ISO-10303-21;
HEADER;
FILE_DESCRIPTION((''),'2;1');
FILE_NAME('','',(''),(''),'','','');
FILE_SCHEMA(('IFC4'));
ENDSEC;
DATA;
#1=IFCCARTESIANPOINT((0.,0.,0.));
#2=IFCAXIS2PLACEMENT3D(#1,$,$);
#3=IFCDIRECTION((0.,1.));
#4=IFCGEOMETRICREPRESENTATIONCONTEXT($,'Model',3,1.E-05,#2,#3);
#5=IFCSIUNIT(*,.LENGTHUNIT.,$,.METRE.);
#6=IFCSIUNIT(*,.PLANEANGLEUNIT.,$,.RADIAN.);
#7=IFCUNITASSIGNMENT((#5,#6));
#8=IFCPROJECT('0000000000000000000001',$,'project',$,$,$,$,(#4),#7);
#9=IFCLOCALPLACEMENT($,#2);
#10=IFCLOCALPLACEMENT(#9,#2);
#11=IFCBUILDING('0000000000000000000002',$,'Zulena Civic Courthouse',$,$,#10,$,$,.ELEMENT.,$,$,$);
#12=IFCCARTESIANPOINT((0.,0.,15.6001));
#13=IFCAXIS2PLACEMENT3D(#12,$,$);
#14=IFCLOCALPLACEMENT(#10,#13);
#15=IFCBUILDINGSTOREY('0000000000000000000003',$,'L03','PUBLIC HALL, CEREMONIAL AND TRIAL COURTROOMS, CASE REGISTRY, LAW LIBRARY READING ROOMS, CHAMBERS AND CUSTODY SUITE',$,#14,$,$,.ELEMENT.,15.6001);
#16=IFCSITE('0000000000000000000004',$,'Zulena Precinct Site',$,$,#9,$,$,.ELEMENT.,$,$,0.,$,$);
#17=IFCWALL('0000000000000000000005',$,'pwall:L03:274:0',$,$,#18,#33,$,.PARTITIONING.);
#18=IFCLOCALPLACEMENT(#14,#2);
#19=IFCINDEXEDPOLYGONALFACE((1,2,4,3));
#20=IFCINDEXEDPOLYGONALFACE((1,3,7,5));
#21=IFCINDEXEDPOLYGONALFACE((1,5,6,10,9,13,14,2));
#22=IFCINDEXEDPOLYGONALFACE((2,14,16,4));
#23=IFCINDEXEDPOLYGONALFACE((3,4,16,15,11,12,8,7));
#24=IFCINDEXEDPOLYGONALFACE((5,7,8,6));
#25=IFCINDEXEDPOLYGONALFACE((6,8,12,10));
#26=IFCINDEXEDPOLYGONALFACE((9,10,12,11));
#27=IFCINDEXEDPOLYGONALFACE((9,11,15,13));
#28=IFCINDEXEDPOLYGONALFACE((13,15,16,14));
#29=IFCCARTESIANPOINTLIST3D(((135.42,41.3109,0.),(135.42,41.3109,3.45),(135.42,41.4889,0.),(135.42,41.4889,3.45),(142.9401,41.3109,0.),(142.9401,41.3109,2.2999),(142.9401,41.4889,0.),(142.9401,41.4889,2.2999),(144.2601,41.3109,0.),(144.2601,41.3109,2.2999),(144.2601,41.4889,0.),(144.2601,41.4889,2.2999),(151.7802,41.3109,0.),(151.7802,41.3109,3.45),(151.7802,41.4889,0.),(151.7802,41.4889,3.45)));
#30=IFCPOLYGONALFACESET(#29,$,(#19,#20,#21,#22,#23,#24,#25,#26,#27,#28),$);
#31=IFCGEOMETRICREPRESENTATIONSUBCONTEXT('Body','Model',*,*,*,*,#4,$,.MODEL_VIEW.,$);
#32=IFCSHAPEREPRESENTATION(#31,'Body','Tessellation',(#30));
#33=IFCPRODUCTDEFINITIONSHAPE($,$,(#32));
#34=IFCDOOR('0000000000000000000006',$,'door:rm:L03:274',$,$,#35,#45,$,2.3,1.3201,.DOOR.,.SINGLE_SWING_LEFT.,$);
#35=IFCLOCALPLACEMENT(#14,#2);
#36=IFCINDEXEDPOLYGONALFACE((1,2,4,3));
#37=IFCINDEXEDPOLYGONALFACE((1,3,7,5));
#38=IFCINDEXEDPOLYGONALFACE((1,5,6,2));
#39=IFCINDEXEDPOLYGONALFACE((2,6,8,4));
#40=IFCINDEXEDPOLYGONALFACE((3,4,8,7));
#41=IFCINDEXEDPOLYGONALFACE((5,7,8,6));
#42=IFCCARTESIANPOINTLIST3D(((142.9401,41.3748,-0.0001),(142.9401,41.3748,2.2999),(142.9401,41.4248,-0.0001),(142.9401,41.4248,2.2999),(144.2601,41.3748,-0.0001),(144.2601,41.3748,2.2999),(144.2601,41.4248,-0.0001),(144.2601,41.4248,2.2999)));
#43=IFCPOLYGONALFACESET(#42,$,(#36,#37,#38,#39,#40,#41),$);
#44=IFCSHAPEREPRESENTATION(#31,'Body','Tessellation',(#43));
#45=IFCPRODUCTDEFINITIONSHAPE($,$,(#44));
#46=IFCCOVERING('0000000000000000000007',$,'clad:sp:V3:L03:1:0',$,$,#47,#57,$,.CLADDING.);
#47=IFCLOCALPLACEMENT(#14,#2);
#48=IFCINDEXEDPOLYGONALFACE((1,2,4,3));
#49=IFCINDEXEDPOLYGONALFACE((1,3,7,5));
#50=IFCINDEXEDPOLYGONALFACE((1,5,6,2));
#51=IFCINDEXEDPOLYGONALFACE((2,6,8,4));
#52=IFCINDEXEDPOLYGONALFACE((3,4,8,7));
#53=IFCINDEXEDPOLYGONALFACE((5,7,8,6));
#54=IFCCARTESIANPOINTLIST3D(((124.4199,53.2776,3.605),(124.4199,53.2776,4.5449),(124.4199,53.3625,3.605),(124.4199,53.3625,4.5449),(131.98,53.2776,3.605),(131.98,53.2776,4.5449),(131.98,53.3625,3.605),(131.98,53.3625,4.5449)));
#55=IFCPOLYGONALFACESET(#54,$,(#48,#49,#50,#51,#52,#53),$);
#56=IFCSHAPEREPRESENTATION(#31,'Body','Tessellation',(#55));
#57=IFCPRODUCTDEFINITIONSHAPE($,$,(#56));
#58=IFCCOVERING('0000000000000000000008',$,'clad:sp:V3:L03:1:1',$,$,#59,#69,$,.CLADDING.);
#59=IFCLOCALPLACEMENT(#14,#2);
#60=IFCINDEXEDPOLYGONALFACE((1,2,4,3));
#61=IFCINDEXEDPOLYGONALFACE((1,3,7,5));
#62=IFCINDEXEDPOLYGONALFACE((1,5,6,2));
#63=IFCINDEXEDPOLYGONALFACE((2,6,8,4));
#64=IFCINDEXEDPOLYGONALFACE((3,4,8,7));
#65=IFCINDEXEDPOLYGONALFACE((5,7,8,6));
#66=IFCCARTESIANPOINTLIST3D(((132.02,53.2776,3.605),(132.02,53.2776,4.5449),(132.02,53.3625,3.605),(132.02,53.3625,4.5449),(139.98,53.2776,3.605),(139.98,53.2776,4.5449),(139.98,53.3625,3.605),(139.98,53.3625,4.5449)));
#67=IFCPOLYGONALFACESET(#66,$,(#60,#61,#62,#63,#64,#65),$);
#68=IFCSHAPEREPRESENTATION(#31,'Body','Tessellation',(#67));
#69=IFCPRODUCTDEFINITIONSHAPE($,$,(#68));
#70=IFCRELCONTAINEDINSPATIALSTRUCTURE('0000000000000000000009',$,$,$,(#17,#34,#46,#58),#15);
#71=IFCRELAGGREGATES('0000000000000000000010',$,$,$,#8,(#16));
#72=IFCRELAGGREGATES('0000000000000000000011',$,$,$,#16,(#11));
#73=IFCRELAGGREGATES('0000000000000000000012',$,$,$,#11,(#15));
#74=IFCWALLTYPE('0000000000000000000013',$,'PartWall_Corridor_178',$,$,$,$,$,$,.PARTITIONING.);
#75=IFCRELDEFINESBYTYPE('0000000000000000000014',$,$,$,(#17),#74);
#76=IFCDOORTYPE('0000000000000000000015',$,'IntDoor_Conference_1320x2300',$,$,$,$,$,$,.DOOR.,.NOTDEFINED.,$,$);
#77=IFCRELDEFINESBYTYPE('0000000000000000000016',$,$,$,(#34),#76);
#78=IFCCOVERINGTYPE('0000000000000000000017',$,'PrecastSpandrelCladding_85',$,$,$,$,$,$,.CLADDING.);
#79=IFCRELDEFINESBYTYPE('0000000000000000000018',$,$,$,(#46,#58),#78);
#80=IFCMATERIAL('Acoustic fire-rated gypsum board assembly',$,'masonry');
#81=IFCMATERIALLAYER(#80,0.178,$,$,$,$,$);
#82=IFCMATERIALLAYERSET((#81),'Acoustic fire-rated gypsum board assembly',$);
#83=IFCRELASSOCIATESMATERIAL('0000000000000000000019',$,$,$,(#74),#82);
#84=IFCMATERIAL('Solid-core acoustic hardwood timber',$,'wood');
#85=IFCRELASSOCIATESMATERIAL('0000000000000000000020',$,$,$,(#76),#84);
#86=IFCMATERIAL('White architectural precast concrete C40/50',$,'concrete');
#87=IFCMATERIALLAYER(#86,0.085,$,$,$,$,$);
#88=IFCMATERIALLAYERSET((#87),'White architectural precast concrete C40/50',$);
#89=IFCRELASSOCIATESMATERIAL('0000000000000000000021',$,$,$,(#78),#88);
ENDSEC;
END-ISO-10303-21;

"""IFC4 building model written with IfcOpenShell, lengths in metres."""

from ifc_helpers import new_model, si_unit, direction, frame, frame_2d, origin, origin_2d, place, context, subcontext, project, spatial, rectangle, extrude, material, layer, layer_set, type_object, element, fill, save


model = new_model("IFC4")

# Units and contexts
model_context = context("Model", 3, precision=1e-05, world=origin(), true_north=direction((0.0, 1.0)))
body_context = subcontext(model_context, "Body", "Model", "MODEL_VIEW")
ifc_project = project(units=[si_unit("LENGTHUNIT", "METRE"), si_unit("PLANEANGLEUNIT", "RADIAN")], contexts=[model_context])

# Site, building, storey
site_placement = place(None, origin())
site = spatial("IfcSite", under=ifc_project, at=site_placement, Name="Zulena Precinct Site", CompositionType="ELEMENT", RefElevation=0.0)
building_placement = place(site_placement, origin())
building = spatial("IfcBuilding", under=site, at=building_placement, Name="Zulena Civic Courthouse", CompositionType="ELEMENT")
storey_placement = place(building_placement, frame((0.0, 0.0, 15.6001)))
storey = spatial("IfcBuildingStorey", under=building, at=storey_placement, Name="L03", Description="PUBLIC HALL, CEREMONIAL AND TRIAL COURTROOMS, CASE REGISTRY, LAW LIBRARY READING ROOMS, CHAMBERS AND CUSTODY SUITE", CompositionType="ELEMENT", Elevation=15.6001)

# Wall, opening, door
ifc_material_1 = material(Name="Acoustic fire-rated gypsum board assembly", Category="masonry")
ifc_layer_1 = layer(ifc_material_1, 0.178)
ifc_layer_set_1 = layer_set([ifc_layer_1], Name="Acoustic fire-rated gypsum board assembly")
wall_type_1 = type_object("IfcWallType", Name="PartWall_Corridor_178", PredefinedType="PARTITIONING", material=ifc_layer_set_1)
wall_1_placement = place(storey_placement, frame((135.4199, 41.3999, 0.0), z_axis=(0.0, 0.0, 1.0), x_axis=(1.0, 0.0, 0.0)))
wall_1 = element("IfcWall", 1, at=wall_1_placement, inside=storey, type_object=wall_type_1, Name="pwall:L03:274:0", PredefinedType="PARTITIONING", context=body_context, shape_type="SweptSolid", body=[
    extrude(rectangle(XDim=16.3601, YDim=0.178, at=frame_2d((8.1802, 0.0))), origin(), (0.0, 0.0, 1.0), 3.45),
])
opening_1_placement = place(wall_1_placement, frame((7.52, 0.0, 0.0)))
opening_1 = element("IfcOpeningElement", 2, at=opening_1_placement, cuts=wall_1, PredefinedType="OPENING", context=body_context, shape_type="SweptSolid", body=[
    extrude(rectangle(XDim=1.3201, YDim=2.3, at=frame_2d((0.6602, 1.1499))), frame((0.0, 0.0989, 0.0), z_axis=(0.0, -1.0, 0.0), x_axis=(1.0, 0.0, 0.0)), (0.0, 0.0, 1.0), 0.198),
])
ifc_material_2 = material(Name="Solid-core acoustic hardwood timber", Category="wood")
door_type = type_object("IfcDoorType", Name="IntDoor_Conference_1320x2300", OperationType="NOTDEFINED", PredefinedType="DOOR", material=ifc_material_2)
door_placement = place(opening_1_placement, origin())
door = element("IfcDoor", 3, at=door_placement, inside=storey, type_object=door_type, Name="door:rm:L03:274", OperationType="SINGLE_SWING_LEFT", OverallHeight=2.3, OverallWidth=1.3201, PredefinedType="DOOR", context=body_context, shape_type="SweptSolid", body=[
    extrude(rectangle(XDim=1.3201, YDim=2.3, at=frame_2d((0.6602, 1.1499))), frame((0.0, 0.0249, 0.0), z_axis=(0.0, -1.0, 0.0), x_axis=(1.0, 0.0, 0.0)), (0.0, 0.0, 1.0), 0.05),
])
fill(opening_1, door)

# Coverings
ifc_material_3 = material(Name="White architectural precast concrete C40/50", Category="concrete")
ifc_layer_2 = layer(ifc_material_3, 0.085)
ifc_layer_set_2 = layer_set([ifc_layer_2], Name="White architectural precast concrete C40/50")
covering_type = type_object("IfcCoveringType", Name="PrecastSpandrelCladding_85", PredefinedType="CLADDING", material=ifc_layer_set_2)
covering_1_placement = place(storey_placement, frame((128.2, 53.3201, 3.605), z_axis=(0.0, 0.0, 1.0), x_axis=(1.0, 0.0, 0.0)))
element("IfcCovering", 4, at=covering_1_placement, inside=storey, type_object=covering_type, Name="clad:sp:V3:L03:1:0", PredefinedType="CLADDING", context=body_context, shape_type="SweptSolid", body=[
    extrude(rectangle(XDim=7.5601, YDim=0.085, at=origin_2d()), origin(), (0.0, 0.0, 1.0), 0.9399),
])
covering_2_placement = place(storey_placement, frame((136.0, 53.3201, 3.605), z_axis=(0.0, 0.0, 1.0), x_axis=(1.0, 0.0, 0.0)))
element("IfcCovering", 5, at=covering_2_placement, inside=storey, type_object=covering_type, Name="clad:sp:V3:L03:1:1", PredefinedType="CLADDING", context=body_context, shape_type="SweptSolid", body=[
    extrude(rectangle(XDim=7.96, YDim=0.085, at=origin_2d()), origin(), (0.0, 0.0, 1.0), 0.9399),
])

save(model, "model.ifc")
